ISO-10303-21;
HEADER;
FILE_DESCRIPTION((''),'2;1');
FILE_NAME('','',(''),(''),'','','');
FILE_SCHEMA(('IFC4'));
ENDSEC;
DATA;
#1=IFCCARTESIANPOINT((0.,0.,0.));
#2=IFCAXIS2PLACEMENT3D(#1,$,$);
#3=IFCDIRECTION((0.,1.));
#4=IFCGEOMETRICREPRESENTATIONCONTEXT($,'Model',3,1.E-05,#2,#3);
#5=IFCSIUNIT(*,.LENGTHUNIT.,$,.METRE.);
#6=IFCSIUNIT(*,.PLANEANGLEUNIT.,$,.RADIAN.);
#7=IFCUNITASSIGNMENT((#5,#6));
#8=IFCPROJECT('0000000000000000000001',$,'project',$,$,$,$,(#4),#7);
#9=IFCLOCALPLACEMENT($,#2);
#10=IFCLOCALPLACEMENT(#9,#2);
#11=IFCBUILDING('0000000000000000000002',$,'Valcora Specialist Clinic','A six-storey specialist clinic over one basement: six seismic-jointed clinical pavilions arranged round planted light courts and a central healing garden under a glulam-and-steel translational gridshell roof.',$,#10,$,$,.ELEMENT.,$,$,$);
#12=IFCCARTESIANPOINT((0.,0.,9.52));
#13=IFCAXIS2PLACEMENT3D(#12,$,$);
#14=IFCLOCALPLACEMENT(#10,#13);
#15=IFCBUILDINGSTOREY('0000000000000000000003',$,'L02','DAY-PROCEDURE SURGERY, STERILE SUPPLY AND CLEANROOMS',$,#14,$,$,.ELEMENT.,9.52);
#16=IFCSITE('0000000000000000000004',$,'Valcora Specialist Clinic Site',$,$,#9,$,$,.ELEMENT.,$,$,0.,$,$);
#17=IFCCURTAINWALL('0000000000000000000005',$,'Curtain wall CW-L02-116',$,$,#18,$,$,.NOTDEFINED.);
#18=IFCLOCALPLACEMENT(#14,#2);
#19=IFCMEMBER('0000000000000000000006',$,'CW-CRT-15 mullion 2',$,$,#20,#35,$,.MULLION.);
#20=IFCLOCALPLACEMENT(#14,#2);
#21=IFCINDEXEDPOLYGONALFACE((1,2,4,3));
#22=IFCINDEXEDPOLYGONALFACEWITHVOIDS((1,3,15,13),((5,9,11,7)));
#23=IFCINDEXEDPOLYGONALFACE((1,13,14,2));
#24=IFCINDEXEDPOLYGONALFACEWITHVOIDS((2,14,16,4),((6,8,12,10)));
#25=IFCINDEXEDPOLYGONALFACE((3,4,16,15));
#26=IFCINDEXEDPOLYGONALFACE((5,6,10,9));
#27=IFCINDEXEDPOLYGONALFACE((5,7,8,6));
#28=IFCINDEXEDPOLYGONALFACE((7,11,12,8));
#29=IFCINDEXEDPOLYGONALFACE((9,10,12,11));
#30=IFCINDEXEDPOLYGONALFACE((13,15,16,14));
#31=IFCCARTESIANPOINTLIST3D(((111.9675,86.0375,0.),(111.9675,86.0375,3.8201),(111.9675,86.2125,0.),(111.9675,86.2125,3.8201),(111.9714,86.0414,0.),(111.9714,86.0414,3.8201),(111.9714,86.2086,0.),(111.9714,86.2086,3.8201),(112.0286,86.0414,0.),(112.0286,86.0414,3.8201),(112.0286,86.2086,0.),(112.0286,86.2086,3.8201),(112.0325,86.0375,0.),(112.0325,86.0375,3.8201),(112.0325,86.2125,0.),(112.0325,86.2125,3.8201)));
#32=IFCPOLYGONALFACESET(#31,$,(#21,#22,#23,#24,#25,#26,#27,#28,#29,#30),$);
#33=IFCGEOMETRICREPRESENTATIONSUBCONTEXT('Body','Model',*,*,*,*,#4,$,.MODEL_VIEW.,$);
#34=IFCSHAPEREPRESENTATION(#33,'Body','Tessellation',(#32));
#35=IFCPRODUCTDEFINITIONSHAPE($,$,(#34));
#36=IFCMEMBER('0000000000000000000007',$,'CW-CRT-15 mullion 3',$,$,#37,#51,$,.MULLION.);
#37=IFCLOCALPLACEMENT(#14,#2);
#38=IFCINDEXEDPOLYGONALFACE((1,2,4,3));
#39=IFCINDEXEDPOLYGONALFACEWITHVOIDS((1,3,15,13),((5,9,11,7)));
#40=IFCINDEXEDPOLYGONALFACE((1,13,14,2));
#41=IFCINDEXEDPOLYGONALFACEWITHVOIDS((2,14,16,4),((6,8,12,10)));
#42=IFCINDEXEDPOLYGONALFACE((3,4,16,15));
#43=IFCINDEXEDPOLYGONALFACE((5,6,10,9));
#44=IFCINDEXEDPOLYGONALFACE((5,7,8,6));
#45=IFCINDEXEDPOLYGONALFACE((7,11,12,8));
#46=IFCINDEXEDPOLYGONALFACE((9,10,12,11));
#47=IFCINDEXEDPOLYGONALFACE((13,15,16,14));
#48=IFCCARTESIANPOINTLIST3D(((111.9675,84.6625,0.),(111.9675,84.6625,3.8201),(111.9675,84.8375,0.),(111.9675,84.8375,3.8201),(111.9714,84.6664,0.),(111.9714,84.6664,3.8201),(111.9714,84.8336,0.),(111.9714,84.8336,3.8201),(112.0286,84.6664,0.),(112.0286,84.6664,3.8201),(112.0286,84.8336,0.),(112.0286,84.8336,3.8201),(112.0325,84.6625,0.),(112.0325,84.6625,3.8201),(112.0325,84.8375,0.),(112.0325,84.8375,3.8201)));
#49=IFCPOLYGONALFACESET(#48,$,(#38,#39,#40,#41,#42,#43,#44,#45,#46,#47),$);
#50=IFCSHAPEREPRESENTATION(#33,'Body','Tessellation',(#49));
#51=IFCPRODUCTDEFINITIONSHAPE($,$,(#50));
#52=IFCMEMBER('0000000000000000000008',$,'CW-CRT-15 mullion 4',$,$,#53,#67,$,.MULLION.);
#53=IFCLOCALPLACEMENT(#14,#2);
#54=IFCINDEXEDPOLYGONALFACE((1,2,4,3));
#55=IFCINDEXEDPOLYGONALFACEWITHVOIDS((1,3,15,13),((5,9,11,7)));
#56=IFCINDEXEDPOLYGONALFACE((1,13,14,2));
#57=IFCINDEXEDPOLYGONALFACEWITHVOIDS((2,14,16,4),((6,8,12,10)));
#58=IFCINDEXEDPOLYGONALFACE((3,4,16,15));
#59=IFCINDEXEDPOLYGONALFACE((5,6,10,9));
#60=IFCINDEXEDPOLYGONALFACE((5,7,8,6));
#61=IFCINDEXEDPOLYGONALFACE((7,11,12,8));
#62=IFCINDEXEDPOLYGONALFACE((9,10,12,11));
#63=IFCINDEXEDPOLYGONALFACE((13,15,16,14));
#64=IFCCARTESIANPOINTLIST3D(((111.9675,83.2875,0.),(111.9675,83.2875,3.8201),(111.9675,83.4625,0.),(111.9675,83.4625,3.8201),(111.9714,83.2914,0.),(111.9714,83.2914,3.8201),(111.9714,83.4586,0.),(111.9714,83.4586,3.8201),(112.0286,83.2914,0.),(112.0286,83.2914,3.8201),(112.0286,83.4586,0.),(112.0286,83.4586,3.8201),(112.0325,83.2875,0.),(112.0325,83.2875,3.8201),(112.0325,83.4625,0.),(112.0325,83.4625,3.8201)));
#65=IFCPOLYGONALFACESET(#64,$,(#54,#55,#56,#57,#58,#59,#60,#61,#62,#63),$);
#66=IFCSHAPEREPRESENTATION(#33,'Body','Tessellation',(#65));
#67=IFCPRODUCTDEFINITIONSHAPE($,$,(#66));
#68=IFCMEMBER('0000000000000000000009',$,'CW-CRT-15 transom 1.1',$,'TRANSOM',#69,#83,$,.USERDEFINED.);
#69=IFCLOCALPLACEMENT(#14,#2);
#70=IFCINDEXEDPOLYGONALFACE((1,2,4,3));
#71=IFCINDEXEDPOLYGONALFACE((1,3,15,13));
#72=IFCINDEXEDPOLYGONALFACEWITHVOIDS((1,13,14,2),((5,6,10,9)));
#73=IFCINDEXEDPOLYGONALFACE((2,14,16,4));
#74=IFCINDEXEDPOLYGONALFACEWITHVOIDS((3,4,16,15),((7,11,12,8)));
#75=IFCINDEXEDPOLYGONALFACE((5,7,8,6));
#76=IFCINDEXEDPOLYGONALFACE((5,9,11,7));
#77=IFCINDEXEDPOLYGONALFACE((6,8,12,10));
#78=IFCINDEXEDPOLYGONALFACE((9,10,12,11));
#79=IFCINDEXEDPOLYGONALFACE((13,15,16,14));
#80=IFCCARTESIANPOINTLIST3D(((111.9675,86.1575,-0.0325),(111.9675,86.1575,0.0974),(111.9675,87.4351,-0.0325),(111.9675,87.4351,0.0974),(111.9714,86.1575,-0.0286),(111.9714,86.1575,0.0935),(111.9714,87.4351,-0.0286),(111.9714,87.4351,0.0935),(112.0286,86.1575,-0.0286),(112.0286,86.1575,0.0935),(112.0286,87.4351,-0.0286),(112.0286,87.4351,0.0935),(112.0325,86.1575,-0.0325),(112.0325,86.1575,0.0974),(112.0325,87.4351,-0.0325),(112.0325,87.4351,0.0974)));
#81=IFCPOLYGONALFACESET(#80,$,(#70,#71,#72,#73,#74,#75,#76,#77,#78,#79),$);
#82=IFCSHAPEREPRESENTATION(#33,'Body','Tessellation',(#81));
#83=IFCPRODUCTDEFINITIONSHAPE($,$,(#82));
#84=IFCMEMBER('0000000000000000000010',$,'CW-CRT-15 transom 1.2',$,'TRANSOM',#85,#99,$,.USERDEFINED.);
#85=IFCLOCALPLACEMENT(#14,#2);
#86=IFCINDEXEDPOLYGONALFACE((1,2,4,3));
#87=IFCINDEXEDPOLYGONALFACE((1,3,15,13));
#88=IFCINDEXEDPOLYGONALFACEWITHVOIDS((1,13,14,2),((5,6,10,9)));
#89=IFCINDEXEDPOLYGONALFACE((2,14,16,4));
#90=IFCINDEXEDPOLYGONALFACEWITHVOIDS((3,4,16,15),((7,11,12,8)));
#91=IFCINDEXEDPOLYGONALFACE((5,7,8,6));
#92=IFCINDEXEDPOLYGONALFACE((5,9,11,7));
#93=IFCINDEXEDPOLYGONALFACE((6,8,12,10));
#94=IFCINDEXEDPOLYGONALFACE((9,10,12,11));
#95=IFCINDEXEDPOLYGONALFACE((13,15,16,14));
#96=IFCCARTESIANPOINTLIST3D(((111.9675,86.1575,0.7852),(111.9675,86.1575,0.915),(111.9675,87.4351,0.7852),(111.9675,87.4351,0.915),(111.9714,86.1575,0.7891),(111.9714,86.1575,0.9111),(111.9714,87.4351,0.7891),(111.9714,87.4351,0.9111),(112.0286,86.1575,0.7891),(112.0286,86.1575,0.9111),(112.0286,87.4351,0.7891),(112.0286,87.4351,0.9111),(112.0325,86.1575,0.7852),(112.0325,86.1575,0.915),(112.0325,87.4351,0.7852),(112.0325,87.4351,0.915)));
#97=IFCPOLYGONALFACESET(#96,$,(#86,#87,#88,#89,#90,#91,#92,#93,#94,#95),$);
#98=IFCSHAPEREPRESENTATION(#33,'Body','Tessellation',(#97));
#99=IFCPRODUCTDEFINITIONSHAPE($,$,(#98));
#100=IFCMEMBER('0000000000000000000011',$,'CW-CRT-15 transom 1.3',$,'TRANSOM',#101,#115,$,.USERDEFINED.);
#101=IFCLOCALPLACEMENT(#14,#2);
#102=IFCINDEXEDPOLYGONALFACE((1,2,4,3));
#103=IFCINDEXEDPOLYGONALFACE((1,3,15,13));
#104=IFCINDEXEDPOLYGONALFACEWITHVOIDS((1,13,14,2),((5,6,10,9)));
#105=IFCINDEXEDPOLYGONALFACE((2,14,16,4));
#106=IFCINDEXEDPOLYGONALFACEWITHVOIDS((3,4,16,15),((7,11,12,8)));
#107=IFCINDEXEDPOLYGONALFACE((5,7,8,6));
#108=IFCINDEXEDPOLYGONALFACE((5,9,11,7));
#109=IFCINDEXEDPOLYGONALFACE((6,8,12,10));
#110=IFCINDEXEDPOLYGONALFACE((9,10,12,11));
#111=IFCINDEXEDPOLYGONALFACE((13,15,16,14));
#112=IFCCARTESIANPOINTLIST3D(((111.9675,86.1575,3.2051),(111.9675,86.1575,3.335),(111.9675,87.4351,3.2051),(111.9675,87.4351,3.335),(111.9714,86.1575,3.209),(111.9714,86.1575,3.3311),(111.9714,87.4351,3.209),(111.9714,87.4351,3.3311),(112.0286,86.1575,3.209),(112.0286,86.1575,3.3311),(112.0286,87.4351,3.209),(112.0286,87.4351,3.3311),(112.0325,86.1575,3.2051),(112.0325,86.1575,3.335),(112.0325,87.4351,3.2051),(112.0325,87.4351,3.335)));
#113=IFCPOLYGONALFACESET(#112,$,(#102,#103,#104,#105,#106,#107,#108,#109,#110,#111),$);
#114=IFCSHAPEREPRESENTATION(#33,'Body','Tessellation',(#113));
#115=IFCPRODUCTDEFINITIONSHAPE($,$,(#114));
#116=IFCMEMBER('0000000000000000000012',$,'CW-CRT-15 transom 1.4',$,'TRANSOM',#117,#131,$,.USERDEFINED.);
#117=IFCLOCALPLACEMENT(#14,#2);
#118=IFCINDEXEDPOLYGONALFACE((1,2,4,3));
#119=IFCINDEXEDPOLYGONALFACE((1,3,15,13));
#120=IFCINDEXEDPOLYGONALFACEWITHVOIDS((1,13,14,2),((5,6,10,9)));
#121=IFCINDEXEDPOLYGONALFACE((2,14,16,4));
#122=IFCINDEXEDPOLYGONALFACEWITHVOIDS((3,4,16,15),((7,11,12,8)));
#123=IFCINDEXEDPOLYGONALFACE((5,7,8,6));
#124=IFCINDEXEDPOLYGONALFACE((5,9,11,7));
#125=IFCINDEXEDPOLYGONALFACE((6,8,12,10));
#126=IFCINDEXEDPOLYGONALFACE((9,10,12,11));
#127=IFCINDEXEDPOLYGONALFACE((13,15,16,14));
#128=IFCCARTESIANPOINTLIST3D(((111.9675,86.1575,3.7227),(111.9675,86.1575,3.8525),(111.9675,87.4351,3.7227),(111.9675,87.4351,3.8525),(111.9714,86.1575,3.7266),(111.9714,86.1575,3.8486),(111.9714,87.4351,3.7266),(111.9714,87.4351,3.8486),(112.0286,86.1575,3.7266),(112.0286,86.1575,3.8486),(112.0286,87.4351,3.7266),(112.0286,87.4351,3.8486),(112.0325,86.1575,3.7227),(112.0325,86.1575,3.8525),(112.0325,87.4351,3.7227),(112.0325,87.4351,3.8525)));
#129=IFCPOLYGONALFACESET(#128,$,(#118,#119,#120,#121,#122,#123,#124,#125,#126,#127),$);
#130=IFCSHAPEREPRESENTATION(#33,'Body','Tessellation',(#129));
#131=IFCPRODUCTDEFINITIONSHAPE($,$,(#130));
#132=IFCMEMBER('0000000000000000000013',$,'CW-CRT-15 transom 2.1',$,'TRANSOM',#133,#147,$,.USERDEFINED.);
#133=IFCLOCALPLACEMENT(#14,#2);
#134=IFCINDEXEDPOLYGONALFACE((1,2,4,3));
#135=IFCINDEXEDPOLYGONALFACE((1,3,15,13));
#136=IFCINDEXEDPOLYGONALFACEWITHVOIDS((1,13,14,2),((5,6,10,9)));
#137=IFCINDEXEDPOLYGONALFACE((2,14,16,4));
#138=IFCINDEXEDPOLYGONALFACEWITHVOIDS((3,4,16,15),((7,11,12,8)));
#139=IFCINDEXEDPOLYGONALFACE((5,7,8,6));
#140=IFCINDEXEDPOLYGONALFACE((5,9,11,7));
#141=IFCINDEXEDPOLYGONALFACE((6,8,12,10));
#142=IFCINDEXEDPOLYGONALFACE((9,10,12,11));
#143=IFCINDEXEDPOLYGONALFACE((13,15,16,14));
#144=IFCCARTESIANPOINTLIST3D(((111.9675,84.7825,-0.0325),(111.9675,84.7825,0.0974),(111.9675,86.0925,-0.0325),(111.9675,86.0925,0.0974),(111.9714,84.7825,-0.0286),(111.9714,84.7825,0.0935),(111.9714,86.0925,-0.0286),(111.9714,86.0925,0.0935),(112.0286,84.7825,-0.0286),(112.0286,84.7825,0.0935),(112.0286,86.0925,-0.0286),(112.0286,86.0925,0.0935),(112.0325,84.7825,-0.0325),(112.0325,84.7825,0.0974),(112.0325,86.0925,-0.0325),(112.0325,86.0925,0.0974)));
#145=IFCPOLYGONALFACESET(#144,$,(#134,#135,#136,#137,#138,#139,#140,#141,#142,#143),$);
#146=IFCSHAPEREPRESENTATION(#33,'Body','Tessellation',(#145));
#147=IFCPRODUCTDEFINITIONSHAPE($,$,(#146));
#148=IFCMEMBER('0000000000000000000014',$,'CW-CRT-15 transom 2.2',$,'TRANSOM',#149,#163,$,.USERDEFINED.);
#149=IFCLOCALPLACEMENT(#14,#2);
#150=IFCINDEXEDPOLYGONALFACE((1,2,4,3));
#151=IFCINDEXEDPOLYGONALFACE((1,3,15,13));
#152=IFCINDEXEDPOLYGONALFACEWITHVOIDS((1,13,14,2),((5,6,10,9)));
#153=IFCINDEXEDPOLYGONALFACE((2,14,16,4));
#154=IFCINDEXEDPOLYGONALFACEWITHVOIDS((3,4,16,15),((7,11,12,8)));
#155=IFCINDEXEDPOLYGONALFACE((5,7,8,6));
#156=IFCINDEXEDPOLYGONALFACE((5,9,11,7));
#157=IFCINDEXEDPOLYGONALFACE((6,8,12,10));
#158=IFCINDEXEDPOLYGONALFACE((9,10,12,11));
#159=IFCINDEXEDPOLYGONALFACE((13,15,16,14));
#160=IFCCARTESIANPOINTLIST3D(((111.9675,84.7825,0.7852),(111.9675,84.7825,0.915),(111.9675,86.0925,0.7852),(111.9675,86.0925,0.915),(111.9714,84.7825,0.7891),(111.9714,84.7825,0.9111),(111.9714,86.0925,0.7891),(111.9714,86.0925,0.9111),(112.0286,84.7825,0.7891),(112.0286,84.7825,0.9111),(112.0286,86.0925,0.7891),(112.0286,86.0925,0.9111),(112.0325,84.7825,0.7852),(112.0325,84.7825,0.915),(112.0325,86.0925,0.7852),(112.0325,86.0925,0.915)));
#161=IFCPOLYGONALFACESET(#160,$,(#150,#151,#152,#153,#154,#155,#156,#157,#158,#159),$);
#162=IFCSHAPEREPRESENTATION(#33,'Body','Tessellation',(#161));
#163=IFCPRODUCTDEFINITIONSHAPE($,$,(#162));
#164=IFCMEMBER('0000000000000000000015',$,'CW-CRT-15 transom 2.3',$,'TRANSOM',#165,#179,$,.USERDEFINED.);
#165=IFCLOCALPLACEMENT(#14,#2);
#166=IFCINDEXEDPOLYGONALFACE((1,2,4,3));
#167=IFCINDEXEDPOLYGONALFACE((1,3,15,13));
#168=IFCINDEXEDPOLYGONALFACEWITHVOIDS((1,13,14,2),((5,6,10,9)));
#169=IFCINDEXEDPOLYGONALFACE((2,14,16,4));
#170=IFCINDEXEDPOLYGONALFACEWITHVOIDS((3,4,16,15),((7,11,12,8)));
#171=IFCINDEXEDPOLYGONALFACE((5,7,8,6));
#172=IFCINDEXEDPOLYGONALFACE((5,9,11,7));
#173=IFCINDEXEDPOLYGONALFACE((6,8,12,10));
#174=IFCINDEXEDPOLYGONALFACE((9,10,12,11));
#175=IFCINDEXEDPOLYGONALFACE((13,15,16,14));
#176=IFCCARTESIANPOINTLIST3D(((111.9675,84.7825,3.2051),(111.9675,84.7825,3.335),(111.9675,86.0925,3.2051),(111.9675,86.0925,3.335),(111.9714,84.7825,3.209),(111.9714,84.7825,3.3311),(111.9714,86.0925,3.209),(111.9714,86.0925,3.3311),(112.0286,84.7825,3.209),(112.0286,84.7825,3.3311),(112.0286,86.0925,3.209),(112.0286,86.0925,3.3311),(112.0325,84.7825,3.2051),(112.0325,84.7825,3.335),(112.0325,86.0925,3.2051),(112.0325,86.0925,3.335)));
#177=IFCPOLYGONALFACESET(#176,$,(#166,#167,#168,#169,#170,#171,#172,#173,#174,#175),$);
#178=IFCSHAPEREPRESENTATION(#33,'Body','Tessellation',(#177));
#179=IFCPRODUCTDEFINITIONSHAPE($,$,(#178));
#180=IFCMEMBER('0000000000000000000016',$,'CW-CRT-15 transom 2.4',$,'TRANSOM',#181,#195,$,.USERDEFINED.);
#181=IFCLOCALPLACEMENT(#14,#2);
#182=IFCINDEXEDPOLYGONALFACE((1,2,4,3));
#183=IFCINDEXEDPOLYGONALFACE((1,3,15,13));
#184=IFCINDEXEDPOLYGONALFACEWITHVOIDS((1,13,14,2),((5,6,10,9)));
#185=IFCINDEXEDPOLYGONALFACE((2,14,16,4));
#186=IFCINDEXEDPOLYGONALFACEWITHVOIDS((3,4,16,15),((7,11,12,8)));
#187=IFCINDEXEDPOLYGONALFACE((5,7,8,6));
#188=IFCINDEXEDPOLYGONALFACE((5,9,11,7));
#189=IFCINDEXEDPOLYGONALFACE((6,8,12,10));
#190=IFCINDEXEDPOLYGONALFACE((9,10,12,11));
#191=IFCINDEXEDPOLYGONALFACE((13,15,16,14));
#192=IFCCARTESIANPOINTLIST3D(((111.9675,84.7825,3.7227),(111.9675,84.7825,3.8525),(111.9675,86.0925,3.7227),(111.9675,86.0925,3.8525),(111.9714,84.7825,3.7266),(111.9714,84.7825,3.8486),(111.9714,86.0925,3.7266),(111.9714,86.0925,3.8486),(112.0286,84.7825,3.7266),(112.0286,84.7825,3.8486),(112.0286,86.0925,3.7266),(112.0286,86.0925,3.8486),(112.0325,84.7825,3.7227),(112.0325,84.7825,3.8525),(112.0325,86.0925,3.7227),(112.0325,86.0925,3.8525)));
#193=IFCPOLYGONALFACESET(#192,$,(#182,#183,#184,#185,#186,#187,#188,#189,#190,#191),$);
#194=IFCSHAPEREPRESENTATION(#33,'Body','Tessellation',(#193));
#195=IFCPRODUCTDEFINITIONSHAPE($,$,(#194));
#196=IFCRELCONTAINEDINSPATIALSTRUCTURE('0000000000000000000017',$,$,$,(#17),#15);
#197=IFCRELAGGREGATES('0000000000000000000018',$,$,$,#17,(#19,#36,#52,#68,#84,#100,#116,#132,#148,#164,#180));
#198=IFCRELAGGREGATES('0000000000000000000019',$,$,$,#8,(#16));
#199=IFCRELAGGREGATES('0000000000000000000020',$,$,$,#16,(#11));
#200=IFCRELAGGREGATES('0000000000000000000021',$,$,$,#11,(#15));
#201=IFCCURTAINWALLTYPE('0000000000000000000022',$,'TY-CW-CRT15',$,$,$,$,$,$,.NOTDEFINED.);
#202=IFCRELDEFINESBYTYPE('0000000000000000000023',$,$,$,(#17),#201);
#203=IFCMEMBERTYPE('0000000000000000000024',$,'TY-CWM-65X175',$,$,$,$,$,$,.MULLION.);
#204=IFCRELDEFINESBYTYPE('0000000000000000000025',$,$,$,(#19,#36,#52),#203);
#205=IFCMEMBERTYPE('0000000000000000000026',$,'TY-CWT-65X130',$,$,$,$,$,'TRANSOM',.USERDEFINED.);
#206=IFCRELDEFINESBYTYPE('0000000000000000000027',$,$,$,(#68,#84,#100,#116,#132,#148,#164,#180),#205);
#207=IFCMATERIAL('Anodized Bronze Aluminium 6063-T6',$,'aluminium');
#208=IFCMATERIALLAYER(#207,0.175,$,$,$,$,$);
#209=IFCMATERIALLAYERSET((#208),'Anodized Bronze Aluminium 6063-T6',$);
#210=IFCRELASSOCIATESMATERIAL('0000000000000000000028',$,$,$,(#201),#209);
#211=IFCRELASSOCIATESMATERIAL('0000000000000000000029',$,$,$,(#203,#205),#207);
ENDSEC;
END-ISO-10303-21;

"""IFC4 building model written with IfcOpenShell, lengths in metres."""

from ifc_helpers import new_model, si_unit, direction, frame, origin, origin_2d, place, context, subcontext, project, spatial, hollow_rectangle, extrude, material, layer, layer_set, material_profile, profile_set, type_object, element, aggregate, save


model = new_model("IFC4")

# Units and contexts
model_context = context("Model", 3, precision=1e-05, world=origin(), true_north=direction((0.0, 1.0)))
body_context = subcontext(model_context, "Body", "Model", "MODEL_VIEW")
ifc_project = project(units=[si_unit("LENGTHUNIT", "METRE"), si_unit("PLANEANGLEUNIT", "RADIAN")], contexts=[model_context])

# Site, building, storey
site_placement = place(None, origin())
site = spatial("IfcSite", under=ifc_project, at=site_placement, Name="Valcora Specialist Clinic Site", CompositionType="ELEMENT", RefElevation=0.0)
building_placement = place(site_placement, origin())
building = spatial("IfcBuilding", under=site, at=building_placement, Name="Valcora Specialist Clinic", Description="A six-storey specialist clinic over one basement: six seismic-jointed clinical pavilions arranged round planted light courts and a central healing garden under a glulam-and-steel translational gridshell roof.", CompositionType="ELEMENT")
storey_placement = place(building_placement, frame((0.0, 0.0, 9.52)))
storey = spatial("IfcBuildingStorey", under=building, at=storey_placement, Name="L02", Description="DAY-PROCEDURE SURGERY, STERILE SUPPLY AND CLEANROOMS", CompositionType="ELEMENT", Elevation=9.52)

# Curtain wall, members
ifc_material_1 = material(Name="Anodized Bronze Aluminium 6063-T6", Category="aluminium")
ifc_layer_1 = layer(ifc_material_1, 0.175)
ifc_layer_set_1 = layer_set([ifc_layer_1], Name="Anodized Bronze Aluminium 6063-T6")
curtain_wall_type = type_object("IfcCurtainWallType", Name="TY-CW-CRT15", PredefinedType="NOTDEFINED", material=ifc_layer_set_1)
curtain_wall_placement = place(storey_placement, origin())
curtain_wall = element("IfcCurtainWall", 1, at=curtain_wall_placement, inside=storey, type_object=curtain_wall_type, Name="Curtain wall CW-L02-116", PredefinedType="NOTDEFINED")
ifc_material_profile_1 = material_profile(ifc_material_1, hollow_rectangle(XDim=0.0649, YDim=0.175, WallThickness=0.0039, at=origin_2d()), Name="AL-MUL-65X175")
ifc_profile_set_1 = profile_set([ifc_material_profile_1], Name="Anodized Bronze Aluminium 6063-T6")
member_type_1 = type_object("IfcMemberType", Name="TY-CWM-65X175", PredefinedType="MULLION", material=ifc_profile_set_1)
member_1_placement = place(storey_placement, frame((112.0, 86.125, 0.0), z_axis=(0.0, 0.0, 1.0), x_axis=(1.0, 0.0, 0.0)))
member_1 = element("IfcMember", 2, at=member_1_placement, type_object=member_type_1, Name="CW-CRT-15 mullion 2", PredefinedType="MULLION", context=body_context, shape_type="SweptSolid", body=[
    extrude(hollow_rectangle(XDim=0.0649, YDim=0.175, WallThickness=0.0039, at=origin_2d()), origin(), (0.0, 0.0, 1.0), 3.8201),
])
member_2_placement = place(storey_placement, frame((112.0, 84.75, 0.0), z_axis=(0.0, 0.0, 1.0), x_axis=(1.0, 0.0, 0.0)))
member_2 = element("IfcMember", 3, at=member_2_placement, type_object=member_type_1, Name="CW-CRT-15 mullion 3", PredefinedType="MULLION", context=body_context, shape_type="SweptSolid", body=[
    extrude(hollow_rectangle(XDim=0.0649, YDim=0.175, WallThickness=0.0039, at=origin_2d()), origin(), (0.0, 0.0, 1.0), 3.8201),
])
member_3_placement = place(storey_placement, frame((112.0, 83.375, 0.0), z_axis=(0.0, 0.0, 1.0), x_axis=(1.0, 0.0, 0.0)))
member_3 = element("IfcMember", 4, at=member_3_placement, type_object=member_type_1, Name="CW-CRT-15 mullion 4", PredefinedType="MULLION", context=body_context, shape_type="SweptSolid", body=[
    extrude(hollow_rectangle(XDim=0.0649, YDim=0.175, WallThickness=0.0039, at=origin_2d()), origin(), (0.0, 0.0, 1.0), 3.8201),
])
ifc_material_profile_2 = material_profile(ifc_material_1, hollow_rectangle(XDim=0.0649, YDim=0.1299, WallThickness=0.0039, at=origin_2d()), Name="AL-TRN-65X130")
ifc_profile_set_2 = profile_set([ifc_material_profile_2], Name="Anodized Bronze Aluminium 6063-T6")
member_type_2 = type_object("IfcMemberType", Name="TY-CWT-65X130", ElementType="TRANSOM", PredefinedType="USERDEFINED", material=ifc_profile_set_2)
member_4_placement = place(storey_placement, frame((112.0, 87.4351, 0.0325), z_axis=(0.0, -1.0, 0.0), x_axis=(1.0, 0.0, 0.0)))
member_4 = element("IfcMember", 5, at=member_4_placement, type_object=member_type_2, Name="CW-CRT-15 transom 1.1", ObjectType="TRANSOM", PredefinedType="USERDEFINED", context=body_context, shape_type="SweptSolid", body=[
    extrude(hollow_rectangle(XDim=0.0649, YDim=0.1299, WallThickness=0.0039, at=origin_2d()), origin(), (0.0, 0.0, 1.0), 1.2776),
])
member_5_placement = place(storey_placement, frame((112.0, 87.4351, 0.8501), z_axis=(0.0, -1.0, 0.0), x_axis=(1.0, 0.0, 0.0)))
member_5 = element("IfcMember", 6, at=member_5_placement, type_object=member_type_2, Name="CW-CRT-15 transom 1.2", ObjectType="TRANSOM", PredefinedType="USERDEFINED", context=body_context, shape_type="SweptSolid", body=[
    extrude(hollow_rectangle(XDim=0.0649, YDim=0.1299, WallThickness=0.0039, at=origin_2d()), origin(), (0.0, 0.0, 1.0), 1.2776),
])
member_6_placement = place(storey_placement, frame((112.0, 87.4351, 3.27), z_axis=(0.0, -1.0, 0.0), x_axis=(1.0, 0.0, 0.0)))
member_6 = element("IfcMember", 7, at=member_6_placement, type_object=member_type_2, Name="CW-CRT-15 transom 1.3", ObjectType="TRANSOM", PredefinedType="USERDEFINED", context=body_context, shape_type="SweptSolid", body=[
    extrude(hollow_rectangle(XDim=0.0649, YDim=0.1299, WallThickness=0.0039, at=origin_2d()), origin(), (0.0, 0.0, 1.0), 1.2776),
])
member_7_placement = place(storey_placement, frame((112.0, 87.4351, 3.7876), z_axis=(0.0, -1.0, 0.0), x_axis=(1.0, 0.0, 0.0)))
member_7 = element("IfcMember", 8, at=member_7_placement, type_object=member_type_2, Name="CW-CRT-15 transom 1.4", ObjectType="TRANSOM", PredefinedType="USERDEFINED", context=body_context, shape_type="SweptSolid", body=[
    extrude(hollow_rectangle(XDim=0.0649, YDim=0.1299, WallThickness=0.0039, at=origin_2d()), origin(), (0.0, 0.0, 1.0), 1.2776),
])
member_8_placement = place(storey_placement, frame((112.0, 86.0925, 0.0325), z_axis=(0.0, -1.0, 0.0), x_axis=(1.0, 0.0, 0.0)))
member_8 = element("IfcMember", 9, at=member_8_placement, type_object=member_type_2, Name="CW-CRT-15 transom 2.1", ObjectType="TRANSOM", PredefinedType="USERDEFINED", context=body_context, shape_type="SweptSolid", body=[
    extrude(hollow_rectangle(XDim=0.0649, YDim=0.1299, WallThickness=0.0039, at=origin_2d()), origin(), (0.0, 0.0, 1.0), 1.3101),
])
member_9_placement = place(storey_placement, frame((112.0, 86.0925, 0.8501), z_axis=(0.0, -1.0, 0.0), x_axis=(1.0, 0.0, 0.0)))
member_9 = element("IfcMember", 10, at=member_9_placement, type_object=member_type_2, Name="CW-CRT-15 transom 2.2", ObjectType="TRANSOM", PredefinedType="USERDEFINED", context=body_context, shape_type="SweptSolid", body=[
    extrude(hollow_rectangle(XDim=0.0649, YDim=0.1299, WallThickness=0.0039, at=origin_2d()), origin(), (0.0, 0.0, 1.0), 1.3101),
])
member_10_placement = place(storey_placement, frame((112.0, 86.0925, 3.27), z_axis=(0.0, -1.0, 0.0), x_axis=(1.0, 0.0, 0.0)))
member_10 = element("IfcMember", 11, at=member_10_placement, type_object=member_type_2, Name="CW-CRT-15 transom 2.3", ObjectType="TRANSOM", PredefinedType="USERDEFINED", context=body_context, shape_type="SweptSolid", body=[
    extrude(hollow_rectangle(XDim=0.0649, YDim=0.1299, WallThickness=0.0039, at=origin_2d()), origin(), (0.0, 0.0, 1.0), 1.3101),
])
member_11_placement = place(storey_placement, frame((112.0, 86.0925, 3.7876), z_axis=(0.0, -1.0, 0.0), x_axis=(1.0, 0.0, 0.0)))
member_11 = element("IfcMember", 12, at=member_11_placement, type_object=member_type_2, Name="CW-CRT-15 transom 2.4", ObjectType="TRANSOM", PredefinedType="USERDEFINED", context=body_context, shape_type="SweptSolid", body=[
    extrude(hollow_rectangle(XDim=0.0649, YDim=0.1299, WallThickness=0.0039, at=origin_2d()), origin(), (0.0, 0.0, 1.0), 1.3101),
])
aggregate(curtain_wall, [member_1, member_2, member_3, member_4, member_5, member_6, member_7, member_8, member_9, member_10, member_11])

save(model, "model.ifc")
